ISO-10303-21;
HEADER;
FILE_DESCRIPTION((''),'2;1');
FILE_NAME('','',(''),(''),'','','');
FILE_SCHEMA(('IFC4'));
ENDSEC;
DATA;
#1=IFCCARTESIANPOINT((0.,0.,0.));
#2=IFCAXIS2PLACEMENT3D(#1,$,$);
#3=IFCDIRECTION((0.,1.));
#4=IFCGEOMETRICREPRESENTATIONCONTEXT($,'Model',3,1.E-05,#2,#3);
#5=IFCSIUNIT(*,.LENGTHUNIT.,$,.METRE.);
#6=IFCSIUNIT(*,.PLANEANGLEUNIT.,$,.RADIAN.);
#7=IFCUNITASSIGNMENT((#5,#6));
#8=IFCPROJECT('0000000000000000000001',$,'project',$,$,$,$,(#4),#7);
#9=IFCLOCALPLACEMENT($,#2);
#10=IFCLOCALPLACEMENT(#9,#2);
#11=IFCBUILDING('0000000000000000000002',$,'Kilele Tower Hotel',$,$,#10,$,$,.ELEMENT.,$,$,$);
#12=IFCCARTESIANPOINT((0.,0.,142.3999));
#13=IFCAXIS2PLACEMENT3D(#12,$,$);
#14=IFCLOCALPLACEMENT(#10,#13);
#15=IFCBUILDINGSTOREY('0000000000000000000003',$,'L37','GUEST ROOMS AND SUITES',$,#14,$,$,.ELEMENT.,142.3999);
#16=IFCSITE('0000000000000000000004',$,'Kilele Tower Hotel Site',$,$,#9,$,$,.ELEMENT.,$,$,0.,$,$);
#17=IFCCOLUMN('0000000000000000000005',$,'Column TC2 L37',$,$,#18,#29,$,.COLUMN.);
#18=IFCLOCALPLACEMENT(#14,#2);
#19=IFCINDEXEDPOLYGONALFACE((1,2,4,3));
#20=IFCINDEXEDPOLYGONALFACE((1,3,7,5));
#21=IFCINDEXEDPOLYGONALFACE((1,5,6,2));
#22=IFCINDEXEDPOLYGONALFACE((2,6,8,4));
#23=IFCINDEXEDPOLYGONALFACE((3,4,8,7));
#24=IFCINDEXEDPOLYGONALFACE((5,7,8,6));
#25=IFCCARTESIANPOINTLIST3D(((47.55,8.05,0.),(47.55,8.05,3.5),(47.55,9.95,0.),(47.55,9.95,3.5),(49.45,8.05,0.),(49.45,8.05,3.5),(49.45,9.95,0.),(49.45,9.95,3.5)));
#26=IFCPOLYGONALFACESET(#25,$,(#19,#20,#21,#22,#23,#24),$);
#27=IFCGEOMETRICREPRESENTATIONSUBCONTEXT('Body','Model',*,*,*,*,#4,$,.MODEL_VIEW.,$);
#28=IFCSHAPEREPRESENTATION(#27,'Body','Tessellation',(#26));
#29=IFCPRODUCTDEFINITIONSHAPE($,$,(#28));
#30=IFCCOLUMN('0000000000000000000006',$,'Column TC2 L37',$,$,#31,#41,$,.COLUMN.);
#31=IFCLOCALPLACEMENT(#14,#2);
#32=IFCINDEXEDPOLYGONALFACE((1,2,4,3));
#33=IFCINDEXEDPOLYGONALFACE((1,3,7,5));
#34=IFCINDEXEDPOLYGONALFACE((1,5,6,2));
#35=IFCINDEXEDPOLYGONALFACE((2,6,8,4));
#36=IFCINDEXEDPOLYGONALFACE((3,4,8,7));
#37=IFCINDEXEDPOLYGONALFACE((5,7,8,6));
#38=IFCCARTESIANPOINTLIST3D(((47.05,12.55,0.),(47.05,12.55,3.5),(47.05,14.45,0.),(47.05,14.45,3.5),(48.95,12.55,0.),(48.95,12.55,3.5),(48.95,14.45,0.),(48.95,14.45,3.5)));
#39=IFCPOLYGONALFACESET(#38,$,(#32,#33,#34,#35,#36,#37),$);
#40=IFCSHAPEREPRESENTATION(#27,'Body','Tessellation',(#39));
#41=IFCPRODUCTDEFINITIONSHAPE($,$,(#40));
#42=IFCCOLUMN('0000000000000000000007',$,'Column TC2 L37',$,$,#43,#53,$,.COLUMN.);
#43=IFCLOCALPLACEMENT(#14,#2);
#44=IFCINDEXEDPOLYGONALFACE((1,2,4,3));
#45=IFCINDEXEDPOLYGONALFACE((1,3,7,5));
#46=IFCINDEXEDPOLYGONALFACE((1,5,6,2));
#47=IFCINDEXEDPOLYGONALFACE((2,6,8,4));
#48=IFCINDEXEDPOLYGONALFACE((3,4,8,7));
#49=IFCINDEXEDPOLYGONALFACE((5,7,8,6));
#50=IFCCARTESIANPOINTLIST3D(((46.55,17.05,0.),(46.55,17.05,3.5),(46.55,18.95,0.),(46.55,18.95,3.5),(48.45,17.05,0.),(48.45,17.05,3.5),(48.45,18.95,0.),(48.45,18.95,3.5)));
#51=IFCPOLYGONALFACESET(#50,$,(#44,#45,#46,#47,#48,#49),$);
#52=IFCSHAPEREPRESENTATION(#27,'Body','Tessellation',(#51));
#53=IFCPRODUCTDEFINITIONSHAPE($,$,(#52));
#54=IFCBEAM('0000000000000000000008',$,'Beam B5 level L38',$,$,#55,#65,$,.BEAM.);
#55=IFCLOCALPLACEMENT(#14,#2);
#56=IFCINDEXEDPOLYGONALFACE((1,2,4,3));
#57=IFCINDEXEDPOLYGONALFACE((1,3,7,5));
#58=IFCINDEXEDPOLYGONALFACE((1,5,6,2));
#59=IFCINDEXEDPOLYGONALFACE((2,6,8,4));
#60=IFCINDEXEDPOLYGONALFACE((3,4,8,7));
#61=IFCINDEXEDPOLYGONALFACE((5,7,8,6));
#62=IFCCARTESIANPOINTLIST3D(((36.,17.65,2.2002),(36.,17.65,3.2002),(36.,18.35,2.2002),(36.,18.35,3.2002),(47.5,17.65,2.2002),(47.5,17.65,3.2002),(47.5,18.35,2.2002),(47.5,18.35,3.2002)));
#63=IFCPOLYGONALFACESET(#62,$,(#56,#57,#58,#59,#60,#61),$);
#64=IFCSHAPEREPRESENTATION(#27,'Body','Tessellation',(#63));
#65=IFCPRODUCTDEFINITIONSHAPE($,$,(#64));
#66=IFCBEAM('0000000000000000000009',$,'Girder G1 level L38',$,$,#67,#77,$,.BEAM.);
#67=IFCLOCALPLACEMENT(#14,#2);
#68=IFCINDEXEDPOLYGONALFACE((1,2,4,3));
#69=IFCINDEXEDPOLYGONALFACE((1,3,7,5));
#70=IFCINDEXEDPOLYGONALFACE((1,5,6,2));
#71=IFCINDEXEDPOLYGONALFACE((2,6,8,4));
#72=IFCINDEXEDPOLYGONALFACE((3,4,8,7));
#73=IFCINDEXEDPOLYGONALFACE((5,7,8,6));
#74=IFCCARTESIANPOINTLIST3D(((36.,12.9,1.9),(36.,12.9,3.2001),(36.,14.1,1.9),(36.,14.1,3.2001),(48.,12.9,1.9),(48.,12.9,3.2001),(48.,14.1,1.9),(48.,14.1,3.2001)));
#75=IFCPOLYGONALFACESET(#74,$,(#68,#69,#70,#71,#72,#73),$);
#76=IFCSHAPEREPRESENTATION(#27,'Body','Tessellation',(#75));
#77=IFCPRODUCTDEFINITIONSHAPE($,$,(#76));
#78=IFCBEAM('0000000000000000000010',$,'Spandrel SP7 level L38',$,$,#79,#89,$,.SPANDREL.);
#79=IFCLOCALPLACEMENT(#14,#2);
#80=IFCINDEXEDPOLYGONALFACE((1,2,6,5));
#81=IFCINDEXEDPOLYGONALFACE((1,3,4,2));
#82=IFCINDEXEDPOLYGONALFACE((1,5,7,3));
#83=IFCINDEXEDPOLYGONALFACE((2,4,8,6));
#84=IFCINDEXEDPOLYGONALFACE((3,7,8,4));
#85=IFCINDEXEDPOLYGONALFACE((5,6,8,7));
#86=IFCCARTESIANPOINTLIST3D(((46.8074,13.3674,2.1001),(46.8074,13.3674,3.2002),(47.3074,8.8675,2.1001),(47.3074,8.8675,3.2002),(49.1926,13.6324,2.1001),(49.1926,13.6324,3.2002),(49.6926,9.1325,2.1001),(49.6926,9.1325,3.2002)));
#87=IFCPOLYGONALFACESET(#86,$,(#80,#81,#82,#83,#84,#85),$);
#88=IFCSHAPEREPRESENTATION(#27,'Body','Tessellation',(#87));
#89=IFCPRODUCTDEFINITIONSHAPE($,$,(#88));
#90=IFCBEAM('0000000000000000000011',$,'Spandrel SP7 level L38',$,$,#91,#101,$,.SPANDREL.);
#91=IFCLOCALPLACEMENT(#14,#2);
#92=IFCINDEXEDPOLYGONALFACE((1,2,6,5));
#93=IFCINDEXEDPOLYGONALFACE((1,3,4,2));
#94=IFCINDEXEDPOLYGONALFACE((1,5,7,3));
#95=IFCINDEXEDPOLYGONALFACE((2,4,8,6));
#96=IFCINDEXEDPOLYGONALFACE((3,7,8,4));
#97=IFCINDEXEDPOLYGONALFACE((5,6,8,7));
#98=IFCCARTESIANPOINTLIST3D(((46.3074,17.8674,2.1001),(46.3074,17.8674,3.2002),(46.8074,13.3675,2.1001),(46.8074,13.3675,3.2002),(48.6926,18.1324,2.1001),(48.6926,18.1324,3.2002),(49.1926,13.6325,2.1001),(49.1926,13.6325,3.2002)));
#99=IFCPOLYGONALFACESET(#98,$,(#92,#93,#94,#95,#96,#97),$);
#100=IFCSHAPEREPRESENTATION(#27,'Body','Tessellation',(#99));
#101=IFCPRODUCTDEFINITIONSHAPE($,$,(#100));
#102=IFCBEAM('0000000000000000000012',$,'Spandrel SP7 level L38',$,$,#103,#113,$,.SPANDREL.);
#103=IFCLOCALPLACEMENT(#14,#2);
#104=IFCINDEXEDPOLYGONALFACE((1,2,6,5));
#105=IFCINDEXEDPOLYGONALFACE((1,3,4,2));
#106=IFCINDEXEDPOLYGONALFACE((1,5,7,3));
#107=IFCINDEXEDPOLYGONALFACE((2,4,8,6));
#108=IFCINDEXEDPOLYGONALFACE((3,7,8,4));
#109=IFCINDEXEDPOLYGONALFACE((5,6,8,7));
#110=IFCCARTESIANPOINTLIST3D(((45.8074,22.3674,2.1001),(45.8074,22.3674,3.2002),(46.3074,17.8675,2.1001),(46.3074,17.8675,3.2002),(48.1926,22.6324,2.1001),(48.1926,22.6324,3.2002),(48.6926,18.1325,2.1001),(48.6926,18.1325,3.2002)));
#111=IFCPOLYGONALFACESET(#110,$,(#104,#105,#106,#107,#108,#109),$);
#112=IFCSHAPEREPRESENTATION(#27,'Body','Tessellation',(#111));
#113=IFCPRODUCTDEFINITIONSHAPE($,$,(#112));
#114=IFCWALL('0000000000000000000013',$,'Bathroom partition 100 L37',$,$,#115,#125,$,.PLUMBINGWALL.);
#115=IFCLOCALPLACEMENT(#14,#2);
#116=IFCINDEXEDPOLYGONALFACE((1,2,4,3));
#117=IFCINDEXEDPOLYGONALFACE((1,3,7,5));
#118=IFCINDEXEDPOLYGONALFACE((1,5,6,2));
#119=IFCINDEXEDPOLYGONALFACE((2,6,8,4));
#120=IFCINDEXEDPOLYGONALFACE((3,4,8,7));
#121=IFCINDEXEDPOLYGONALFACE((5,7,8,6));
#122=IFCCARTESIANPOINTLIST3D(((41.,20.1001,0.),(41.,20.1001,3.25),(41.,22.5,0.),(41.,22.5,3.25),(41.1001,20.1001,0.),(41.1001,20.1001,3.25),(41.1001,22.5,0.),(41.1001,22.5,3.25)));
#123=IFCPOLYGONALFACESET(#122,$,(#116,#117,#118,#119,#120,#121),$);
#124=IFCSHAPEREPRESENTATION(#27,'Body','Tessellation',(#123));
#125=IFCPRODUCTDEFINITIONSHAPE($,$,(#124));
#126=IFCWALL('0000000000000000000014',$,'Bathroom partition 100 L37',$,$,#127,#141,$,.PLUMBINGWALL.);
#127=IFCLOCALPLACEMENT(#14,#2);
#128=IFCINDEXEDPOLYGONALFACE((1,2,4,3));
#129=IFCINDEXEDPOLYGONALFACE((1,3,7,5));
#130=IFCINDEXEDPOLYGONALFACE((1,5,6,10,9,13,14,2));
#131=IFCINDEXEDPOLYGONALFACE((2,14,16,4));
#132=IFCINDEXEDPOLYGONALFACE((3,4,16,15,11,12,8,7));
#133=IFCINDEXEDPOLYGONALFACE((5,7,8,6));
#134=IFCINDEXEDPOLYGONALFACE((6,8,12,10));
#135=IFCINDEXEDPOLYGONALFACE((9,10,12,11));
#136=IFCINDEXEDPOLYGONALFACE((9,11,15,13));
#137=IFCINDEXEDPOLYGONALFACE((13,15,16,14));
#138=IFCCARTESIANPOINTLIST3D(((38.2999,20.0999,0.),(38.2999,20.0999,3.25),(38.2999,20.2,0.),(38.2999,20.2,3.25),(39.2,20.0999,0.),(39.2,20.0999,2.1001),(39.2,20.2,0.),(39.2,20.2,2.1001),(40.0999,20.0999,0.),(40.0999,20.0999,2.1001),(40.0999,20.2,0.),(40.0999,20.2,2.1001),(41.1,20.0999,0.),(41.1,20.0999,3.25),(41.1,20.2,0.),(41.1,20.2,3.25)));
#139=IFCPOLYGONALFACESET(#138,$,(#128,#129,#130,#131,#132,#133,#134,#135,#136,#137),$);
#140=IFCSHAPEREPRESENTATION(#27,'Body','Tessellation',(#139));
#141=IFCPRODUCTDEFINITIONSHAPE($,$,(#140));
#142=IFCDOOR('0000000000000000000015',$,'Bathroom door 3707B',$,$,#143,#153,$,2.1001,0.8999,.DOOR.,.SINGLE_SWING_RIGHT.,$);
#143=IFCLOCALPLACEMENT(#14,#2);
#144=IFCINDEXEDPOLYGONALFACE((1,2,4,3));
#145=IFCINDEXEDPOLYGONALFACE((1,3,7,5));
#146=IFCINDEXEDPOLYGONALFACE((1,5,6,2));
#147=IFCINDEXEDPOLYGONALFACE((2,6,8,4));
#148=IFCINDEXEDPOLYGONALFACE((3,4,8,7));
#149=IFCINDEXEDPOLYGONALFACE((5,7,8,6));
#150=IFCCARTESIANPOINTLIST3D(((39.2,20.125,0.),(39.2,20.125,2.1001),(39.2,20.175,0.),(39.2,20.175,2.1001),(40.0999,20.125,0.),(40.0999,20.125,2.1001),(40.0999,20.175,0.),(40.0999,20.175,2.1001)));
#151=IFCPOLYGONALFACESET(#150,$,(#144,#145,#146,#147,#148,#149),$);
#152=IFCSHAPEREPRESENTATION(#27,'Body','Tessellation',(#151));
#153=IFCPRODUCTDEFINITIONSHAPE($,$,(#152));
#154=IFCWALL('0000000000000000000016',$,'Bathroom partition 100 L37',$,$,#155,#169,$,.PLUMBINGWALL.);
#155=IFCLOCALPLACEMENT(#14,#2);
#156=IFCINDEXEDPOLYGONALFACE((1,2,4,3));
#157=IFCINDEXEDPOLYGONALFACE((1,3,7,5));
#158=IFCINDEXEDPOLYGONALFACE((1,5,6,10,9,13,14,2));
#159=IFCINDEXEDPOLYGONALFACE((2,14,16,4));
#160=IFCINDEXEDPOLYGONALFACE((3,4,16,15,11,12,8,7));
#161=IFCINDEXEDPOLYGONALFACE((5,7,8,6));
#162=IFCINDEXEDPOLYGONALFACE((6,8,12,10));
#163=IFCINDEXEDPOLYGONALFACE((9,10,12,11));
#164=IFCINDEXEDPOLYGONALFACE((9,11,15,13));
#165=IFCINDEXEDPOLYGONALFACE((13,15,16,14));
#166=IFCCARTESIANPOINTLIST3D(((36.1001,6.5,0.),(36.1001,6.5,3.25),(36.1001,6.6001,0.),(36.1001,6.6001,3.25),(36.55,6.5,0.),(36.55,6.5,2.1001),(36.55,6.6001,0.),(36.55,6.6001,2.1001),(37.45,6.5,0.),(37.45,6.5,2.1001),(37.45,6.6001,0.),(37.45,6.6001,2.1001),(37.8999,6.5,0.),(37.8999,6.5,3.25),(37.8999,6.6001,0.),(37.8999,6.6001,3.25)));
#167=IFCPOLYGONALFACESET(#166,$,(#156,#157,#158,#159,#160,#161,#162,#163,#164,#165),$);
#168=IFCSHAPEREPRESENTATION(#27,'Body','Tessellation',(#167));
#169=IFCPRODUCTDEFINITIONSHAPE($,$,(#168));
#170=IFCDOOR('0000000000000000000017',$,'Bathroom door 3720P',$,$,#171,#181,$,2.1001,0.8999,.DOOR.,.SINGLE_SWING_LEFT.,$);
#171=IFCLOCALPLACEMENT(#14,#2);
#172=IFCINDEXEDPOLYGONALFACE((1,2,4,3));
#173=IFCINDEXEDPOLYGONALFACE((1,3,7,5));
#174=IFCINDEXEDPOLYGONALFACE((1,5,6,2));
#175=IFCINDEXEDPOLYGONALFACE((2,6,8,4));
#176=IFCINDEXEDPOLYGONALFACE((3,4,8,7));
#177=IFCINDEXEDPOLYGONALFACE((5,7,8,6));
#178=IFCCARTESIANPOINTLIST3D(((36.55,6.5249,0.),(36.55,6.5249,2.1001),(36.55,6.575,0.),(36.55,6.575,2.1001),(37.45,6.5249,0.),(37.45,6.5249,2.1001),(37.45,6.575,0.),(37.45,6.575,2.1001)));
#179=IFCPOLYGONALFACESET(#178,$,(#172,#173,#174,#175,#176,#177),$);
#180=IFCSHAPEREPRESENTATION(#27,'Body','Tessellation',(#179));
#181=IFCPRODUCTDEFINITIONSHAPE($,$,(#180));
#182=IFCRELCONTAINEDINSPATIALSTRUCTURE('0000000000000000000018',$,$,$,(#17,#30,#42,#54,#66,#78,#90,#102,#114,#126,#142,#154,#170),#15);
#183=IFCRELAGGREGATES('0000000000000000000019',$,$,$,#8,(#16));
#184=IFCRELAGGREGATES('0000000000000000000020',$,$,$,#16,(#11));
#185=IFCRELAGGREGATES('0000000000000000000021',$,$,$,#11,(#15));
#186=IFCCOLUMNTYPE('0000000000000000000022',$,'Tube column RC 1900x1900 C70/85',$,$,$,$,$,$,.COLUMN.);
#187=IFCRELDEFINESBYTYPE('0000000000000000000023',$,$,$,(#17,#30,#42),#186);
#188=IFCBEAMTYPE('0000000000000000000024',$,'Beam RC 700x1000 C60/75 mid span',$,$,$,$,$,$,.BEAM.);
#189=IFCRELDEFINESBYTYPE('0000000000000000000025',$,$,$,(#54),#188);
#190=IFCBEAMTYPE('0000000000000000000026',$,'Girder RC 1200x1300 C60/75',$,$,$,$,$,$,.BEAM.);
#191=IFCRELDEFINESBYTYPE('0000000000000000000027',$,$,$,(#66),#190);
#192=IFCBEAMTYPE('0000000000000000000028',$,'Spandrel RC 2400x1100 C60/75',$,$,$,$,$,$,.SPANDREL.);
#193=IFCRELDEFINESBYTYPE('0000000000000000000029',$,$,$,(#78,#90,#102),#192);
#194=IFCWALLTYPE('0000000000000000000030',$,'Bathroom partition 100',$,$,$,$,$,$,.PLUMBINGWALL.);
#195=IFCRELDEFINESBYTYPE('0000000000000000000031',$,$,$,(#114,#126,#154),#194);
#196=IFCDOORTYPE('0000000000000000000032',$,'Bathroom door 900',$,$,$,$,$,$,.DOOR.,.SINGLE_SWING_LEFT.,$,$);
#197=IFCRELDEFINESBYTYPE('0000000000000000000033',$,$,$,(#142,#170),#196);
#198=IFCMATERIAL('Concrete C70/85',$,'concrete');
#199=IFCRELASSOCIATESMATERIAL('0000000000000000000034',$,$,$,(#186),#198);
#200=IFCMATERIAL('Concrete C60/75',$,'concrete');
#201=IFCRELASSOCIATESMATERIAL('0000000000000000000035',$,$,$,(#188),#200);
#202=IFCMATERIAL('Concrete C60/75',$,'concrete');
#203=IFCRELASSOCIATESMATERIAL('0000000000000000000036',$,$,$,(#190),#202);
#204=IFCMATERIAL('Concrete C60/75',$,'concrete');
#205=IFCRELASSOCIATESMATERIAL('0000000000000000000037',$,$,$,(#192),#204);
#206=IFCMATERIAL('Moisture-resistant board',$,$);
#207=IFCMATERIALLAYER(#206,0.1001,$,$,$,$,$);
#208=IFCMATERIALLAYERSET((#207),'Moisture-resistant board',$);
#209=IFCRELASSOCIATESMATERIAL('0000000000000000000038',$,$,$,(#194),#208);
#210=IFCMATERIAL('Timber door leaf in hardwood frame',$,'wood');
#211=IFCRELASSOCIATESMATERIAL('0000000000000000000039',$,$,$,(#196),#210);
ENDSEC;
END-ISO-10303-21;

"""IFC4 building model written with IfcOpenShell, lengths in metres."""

from ifc_helpers import new_model, si_unit, direction, frame, frame_2d, origin, origin_2d, place, context, subcontext, project, spatial, rectangle, extrude, material, layer, layer_set, material_profile, profile_set, type_object, element, fill, save


model = new_model("IFC4")

# Units and contexts
model_context = context("Model", 3, precision=1e-05, world=origin(), true_north=direction((0.0, 1.0)))
body_context = subcontext(model_context, "Body", "Model", "MODEL_VIEW")
ifc_project = project(units=[si_unit("LENGTHUNIT", "METRE"), si_unit("PLANEANGLEUNIT", "RADIAN")], contexts=[model_context])

# Site, building, storey
site_placement = place(None, origin())
site = spatial("IfcSite", under=ifc_project, at=site_placement, Name="Kilele Tower Hotel Site", CompositionType="ELEMENT", RefElevation=0.0)
building_placement = place(site_placement, origin())
building = spatial("IfcBuilding", under=site, at=building_placement, Name="Kilele Tower Hotel", CompositionType="ELEMENT")
storey_placement = place(building_placement, frame((0.0, 0.0, 142.3999)))
storey = spatial("IfcBuildingStorey", under=building, at=storey_placement, Name="L37", Description="GUEST ROOMS AND SUITES", CompositionType="ELEMENT", Elevation=142.3999)

# Columns
ifc_material_1 = material(Name="Concrete C70/85", Category="concrete")
ifc_material_profile_1 = material_profile(ifc_material_1, rectangle(XDim=1.8999, YDim=1.8999, at=origin_2d()))
ifc_profile_set_1 = profile_set([ifc_material_profile_1], Name="Concrete C70/85")
column_type = type_object("IfcColumnType", Name="Tube column RC 1900x1900 C70/85", PredefinedType="COLUMN", material=ifc_profile_set_1)
for number, where, z_axis, x_axis, name in (
    (1, (48.5, 9.0, 0.0), (0.0, 0.0, 1.0), (1.0, 0.0, 0.0), "Column TC2 L37"),
    (2, (48.0, 13.5, 0.0), (0.0, 0.0, 1.0), (1.0, 0.0, 0.0), "Column TC2 L37"),
    (3, (47.5, 18.0, 0.0), (0.0, 0.0, 1.0), (1.0, 0.0, 0.0), "Column TC2 L37"),
):
    element("IfcColumn", number, at=place(storey_placement, frame(where, z_axis=z_axis, x_axis=x_axis)), inside=storey, type_object=column_type, Name=name, PredefinedType="COLUMN", context=body_context, shape_type="SweptSolid", body=[
        extrude(rectangle(XDim=1.8999, YDim=1.8999, at=origin_2d()), origin(), (0.0, 0.0, 1.0), 3.5),
    ])

# Beams
ifc_material_2 = material(Name="Concrete C60/75", Category="concrete")
ifc_material_profile_2 = material_profile(ifc_material_2, rectangle(XDim=0.7, YDim=1.0, at=origin_2d()))
ifc_profile_set_2 = profile_set([ifc_material_profile_2], Name="Concrete C60/75")
beam_type_1 = type_object("IfcBeamType", Name="Beam RC 700x1000 C60/75 mid span", PredefinedType="BEAM", material=ifc_profile_set_2)
beam_1_placement = place(storey_placement, frame((47.5, 18.0, 2.7002), z_axis=(-1.0, 0.0, 0.0), x_axis=(0.0, -1.0, 0.0)))
element("IfcBeam", 4, at=beam_1_placement, inside=storey, type_object=beam_type_1, Name="Beam B5 level L38", PredefinedType="BEAM", context=body_context, shape_type="SweptSolid", body=[
    extrude(rectangle(XDim=0.7, YDim=1.0, at=origin_2d()), origin(), (0.0, 0.0, 1.0), 11.5),
])
ifc_material_3 = material(Name="Concrete C60/75", Category="concrete")
ifc_material_profile_3 = material_profile(ifc_material_3, rectangle(XDim=1.2, YDim=1.3, at=origin_2d()))
ifc_profile_set_3 = profile_set([ifc_material_profile_3], Name="Concrete C60/75")
beam_type_2 = type_object("IfcBeamType", Name="Girder RC 1200x1300 C60/75", PredefinedType="BEAM", material=ifc_profile_set_3)
beam_2_placement = place(storey_placement, frame((48.0, 13.5, 2.55), z_axis=(-1.0, 0.0, 0.0), x_axis=(0.0, -1.0, 0.0)))
element("IfcBeam", 5, at=beam_2_placement, inside=storey, type_object=beam_type_2, Name="Girder G1 level L38", PredefinedType="BEAM", context=body_context, shape_type="SweptSolid", body=[
    extrude(rectangle(XDim=1.2, YDim=1.3, at=origin_2d()), origin(), (0.0, 0.0, 1.0), 12.0),
])
ifc_material_4 = material(Name="Concrete C60/75", Category="concrete")
ifc_material_profile_4 = material_profile(ifc_material_4, rectangle(XDim=2.3999, YDim=1.1001, at=origin_2d()))
ifc_profile_set_4 = profile_set([ifc_material_profile_4], Name="Concrete C60/75")
beam_type_3 = type_object("IfcBeamType", Name="Spandrel RC 2400x1100 C60/75", PredefinedType="SPANDREL", material=ifc_profile_set_4)
for number, where, z_axis, x_axis, name in (
    (6, (48.5, 9.0, 2.6501), (-0.110432, 0.993884, 0.0), (-0.993884, -0.110432, 0.0), "Spandrel SP7 level L38"),
    (7, (48.0, 13.5, 2.6501), (-0.110432, 0.993884, 0.0), (-0.993884, -0.110432, 0.0), "Spandrel SP7 level L38"),
    (8, (47.5, 18.0, 2.6501), (-0.110432, 0.993884, 0.0), (-0.993884, -0.110432, 0.0), "Spandrel SP7 level L38"),
):
    element("IfcBeam", number, at=place(storey_placement, frame(where, z_axis=z_axis, x_axis=x_axis)), inside=storey, type_object=beam_type_3, Name=name, PredefinedType="SPANDREL", context=body_context, shape_type="SweptSolid", body=[
        extrude(rectangle(XDim=2.3999, YDim=1.1001, at=origin_2d()), origin(), (0.0, 0.0, 1.0), 4.5276),
    ])

# Wall
ifc_material_5 = material(Name="Moisture-resistant board")
ifc_layer_1 = layer(ifc_material_5, 0.1001)
ifc_layer_set_1 = layer_set([ifc_layer_1], Name="Moisture-resistant board")
wall_type_1 = type_object("IfcWallType", Name="Bathroom partition 100", PredefinedType="PLUMBINGWALL", material=ifc_layer_set_1)
wall_1_placement = place(storey_placement, frame((41.05, 20.1001, 0.0), z_axis=(0.0, 0.0, 1.0), x_axis=(0.0, 1.0, 0.0)))
element("IfcWall", 9, at=wall_1_placement, inside=storey, type_object=wall_type_1, Name="Bathroom partition 100 L37", PredefinedType="PLUMBINGWALL", context=body_context, shape_type="SweptSolid", body=[
    extrude(rectangle(XDim=2.3999, YDim=0.1001, at=frame_2d((1.2, 0.0))), origin(), (0.0, 0.0, 1.0), 3.25),
])

# Walls, openings, doors
wall_2_placement = place(storey_placement, frame((38.3, 20.1499, 0.0), z_axis=(0.0, 0.0, 1.0), x_axis=(1.0, 0.0, 0.0)))
wall_2 = element("IfcWall", 10, at=wall_2_placement, inside=storey, type_object=wall_type_1, Name="Bathroom partition 100 L37", PredefinedType="PLUMBINGWALL", context=body_context, shape_type="SweptSolid", body=[
    extrude(rectangle(XDim=2.8, YDim=0.1001, at=frame_2d((1.3999, 0.0))), origin(), (0.0, 0.0, 1.0), 3.25),
])
opening_1_placement = place(wall_2_placement, frame((1.7998, 0.0, 0.0), z_axis=(0.0, 0.0, 1.0), x_axis=(-1.0, 0.0, 0.0)))
opening_1 = element("IfcOpeningElement", 11, at=opening_1_placement, cuts=wall_2, PredefinedType="OPENING", context=body_context, shape_type="SweptSolid", body=[
    extrude(rectangle(XDim=0.8999, YDim=2.1001, at=frame_2d((0.45, 1.05))), frame((0.0, 0.0601, 0.0), z_axis=(0.0, -1.0, 0.0), x_axis=(1.0, 0.0, 0.0)), (0.0, 0.0, 1.0), 0.1201),
])
ifc_material_6 = material(Name="Timber door leaf in hardwood frame", Category="wood")
door_type_1 = type_object("IfcDoorType", Name="Bathroom door 900", OperationType="SINGLE_SWING_LEFT", PredefinedType="DOOR", material=ifc_material_6)
door_1_placement = place(opening_1_placement, origin())
door_1 = element("IfcDoor", 12, at=door_1_placement, inside=storey, type_object=door_type_1, Name="Bathroom door 3707B", OperationType="SINGLE_SWING_RIGHT", OverallHeight=2.1001, OverallWidth=0.8999, PredefinedType="DOOR", context=body_context, shape_type="SweptSolid", body=[
    extrude(rectangle(XDim=0.8999, YDim=2.1001, at=frame_2d((0.45, 1.05))), frame((0.0, 0.0249, 0.0), z_axis=(0.0, -1.0, 0.0), x_axis=(1.0, 0.0, 0.0)), (0.0, 0.0, 1.0), 0.05),
])
fill(opening_1, door_1)
wall_3_placement = place(storey_placement, frame((36.1001, 6.55, 0.0), z_axis=(0.0, 0.0, 1.0), x_axis=(1.0, 0.0, 0.0)))
wall_3 = element("IfcWall", 13, at=wall_3_placement, inside=storey, type_object=wall_type_1, Name="Bathroom partition 100 L37", PredefinedType="PLUMBINGWALL", context=body_context, shape_type="SweptSolid", body=[
    extrude(rectangle(XDim=1.7998, YDim=0.1001, at=frame_2d((0.8999, 0.0))), origin(), (0.0, 0.0, 1.0), 3.25),
])
opening_2_placement = place(wall_3_placement, frame((0.45, 0.0, 0.0)))
opening_2 = element("IfcOpeningElement", 14, at=opening_2_placement, cuts=wall_3, PredefinedType="OPENING", context=body_context, shape_type="SweptSolid", body=[
    extrude(rectangle(XDim=0.8999, YDim=2.1001, at=frame_2d((0.45, 1.05))), frame((0.0, 0.0601, 0.0), z_axis=(0.0, -1.0, 0.0), x_axis=(1.0, 0.0, 0.0)), (0.0, 0.0, 1.0), 0.1201),
])
door_2_placement = place(opening_2_placement, origin())
door_2 = element("IfcDoor", 15, at=door_2_placement, inside=storey, type_object=door_type_1, Name="Bathroom door 3720P", OperationType="SINGLE_SWING_LEFT", OverallHeight=2.1001, OverallWidth=0.8999, PredefinedType="DOOR", context=body_context, shape_type="SweptSolid", body=[
    extrude(rectangle(XDim=0.8999, YDim=2.1001, at=frame_2d((0.45, 1.05))), frame((0.0, 0.0249, 0.0), z_axis=(0.0, -1.0, 0.0), x_axis=(1.0, 0.0, 0.0)), (0.0, 0.0, 1.0), 0.05),
])
fill(opening_2, door_2)

save(model, "model.ifc")
